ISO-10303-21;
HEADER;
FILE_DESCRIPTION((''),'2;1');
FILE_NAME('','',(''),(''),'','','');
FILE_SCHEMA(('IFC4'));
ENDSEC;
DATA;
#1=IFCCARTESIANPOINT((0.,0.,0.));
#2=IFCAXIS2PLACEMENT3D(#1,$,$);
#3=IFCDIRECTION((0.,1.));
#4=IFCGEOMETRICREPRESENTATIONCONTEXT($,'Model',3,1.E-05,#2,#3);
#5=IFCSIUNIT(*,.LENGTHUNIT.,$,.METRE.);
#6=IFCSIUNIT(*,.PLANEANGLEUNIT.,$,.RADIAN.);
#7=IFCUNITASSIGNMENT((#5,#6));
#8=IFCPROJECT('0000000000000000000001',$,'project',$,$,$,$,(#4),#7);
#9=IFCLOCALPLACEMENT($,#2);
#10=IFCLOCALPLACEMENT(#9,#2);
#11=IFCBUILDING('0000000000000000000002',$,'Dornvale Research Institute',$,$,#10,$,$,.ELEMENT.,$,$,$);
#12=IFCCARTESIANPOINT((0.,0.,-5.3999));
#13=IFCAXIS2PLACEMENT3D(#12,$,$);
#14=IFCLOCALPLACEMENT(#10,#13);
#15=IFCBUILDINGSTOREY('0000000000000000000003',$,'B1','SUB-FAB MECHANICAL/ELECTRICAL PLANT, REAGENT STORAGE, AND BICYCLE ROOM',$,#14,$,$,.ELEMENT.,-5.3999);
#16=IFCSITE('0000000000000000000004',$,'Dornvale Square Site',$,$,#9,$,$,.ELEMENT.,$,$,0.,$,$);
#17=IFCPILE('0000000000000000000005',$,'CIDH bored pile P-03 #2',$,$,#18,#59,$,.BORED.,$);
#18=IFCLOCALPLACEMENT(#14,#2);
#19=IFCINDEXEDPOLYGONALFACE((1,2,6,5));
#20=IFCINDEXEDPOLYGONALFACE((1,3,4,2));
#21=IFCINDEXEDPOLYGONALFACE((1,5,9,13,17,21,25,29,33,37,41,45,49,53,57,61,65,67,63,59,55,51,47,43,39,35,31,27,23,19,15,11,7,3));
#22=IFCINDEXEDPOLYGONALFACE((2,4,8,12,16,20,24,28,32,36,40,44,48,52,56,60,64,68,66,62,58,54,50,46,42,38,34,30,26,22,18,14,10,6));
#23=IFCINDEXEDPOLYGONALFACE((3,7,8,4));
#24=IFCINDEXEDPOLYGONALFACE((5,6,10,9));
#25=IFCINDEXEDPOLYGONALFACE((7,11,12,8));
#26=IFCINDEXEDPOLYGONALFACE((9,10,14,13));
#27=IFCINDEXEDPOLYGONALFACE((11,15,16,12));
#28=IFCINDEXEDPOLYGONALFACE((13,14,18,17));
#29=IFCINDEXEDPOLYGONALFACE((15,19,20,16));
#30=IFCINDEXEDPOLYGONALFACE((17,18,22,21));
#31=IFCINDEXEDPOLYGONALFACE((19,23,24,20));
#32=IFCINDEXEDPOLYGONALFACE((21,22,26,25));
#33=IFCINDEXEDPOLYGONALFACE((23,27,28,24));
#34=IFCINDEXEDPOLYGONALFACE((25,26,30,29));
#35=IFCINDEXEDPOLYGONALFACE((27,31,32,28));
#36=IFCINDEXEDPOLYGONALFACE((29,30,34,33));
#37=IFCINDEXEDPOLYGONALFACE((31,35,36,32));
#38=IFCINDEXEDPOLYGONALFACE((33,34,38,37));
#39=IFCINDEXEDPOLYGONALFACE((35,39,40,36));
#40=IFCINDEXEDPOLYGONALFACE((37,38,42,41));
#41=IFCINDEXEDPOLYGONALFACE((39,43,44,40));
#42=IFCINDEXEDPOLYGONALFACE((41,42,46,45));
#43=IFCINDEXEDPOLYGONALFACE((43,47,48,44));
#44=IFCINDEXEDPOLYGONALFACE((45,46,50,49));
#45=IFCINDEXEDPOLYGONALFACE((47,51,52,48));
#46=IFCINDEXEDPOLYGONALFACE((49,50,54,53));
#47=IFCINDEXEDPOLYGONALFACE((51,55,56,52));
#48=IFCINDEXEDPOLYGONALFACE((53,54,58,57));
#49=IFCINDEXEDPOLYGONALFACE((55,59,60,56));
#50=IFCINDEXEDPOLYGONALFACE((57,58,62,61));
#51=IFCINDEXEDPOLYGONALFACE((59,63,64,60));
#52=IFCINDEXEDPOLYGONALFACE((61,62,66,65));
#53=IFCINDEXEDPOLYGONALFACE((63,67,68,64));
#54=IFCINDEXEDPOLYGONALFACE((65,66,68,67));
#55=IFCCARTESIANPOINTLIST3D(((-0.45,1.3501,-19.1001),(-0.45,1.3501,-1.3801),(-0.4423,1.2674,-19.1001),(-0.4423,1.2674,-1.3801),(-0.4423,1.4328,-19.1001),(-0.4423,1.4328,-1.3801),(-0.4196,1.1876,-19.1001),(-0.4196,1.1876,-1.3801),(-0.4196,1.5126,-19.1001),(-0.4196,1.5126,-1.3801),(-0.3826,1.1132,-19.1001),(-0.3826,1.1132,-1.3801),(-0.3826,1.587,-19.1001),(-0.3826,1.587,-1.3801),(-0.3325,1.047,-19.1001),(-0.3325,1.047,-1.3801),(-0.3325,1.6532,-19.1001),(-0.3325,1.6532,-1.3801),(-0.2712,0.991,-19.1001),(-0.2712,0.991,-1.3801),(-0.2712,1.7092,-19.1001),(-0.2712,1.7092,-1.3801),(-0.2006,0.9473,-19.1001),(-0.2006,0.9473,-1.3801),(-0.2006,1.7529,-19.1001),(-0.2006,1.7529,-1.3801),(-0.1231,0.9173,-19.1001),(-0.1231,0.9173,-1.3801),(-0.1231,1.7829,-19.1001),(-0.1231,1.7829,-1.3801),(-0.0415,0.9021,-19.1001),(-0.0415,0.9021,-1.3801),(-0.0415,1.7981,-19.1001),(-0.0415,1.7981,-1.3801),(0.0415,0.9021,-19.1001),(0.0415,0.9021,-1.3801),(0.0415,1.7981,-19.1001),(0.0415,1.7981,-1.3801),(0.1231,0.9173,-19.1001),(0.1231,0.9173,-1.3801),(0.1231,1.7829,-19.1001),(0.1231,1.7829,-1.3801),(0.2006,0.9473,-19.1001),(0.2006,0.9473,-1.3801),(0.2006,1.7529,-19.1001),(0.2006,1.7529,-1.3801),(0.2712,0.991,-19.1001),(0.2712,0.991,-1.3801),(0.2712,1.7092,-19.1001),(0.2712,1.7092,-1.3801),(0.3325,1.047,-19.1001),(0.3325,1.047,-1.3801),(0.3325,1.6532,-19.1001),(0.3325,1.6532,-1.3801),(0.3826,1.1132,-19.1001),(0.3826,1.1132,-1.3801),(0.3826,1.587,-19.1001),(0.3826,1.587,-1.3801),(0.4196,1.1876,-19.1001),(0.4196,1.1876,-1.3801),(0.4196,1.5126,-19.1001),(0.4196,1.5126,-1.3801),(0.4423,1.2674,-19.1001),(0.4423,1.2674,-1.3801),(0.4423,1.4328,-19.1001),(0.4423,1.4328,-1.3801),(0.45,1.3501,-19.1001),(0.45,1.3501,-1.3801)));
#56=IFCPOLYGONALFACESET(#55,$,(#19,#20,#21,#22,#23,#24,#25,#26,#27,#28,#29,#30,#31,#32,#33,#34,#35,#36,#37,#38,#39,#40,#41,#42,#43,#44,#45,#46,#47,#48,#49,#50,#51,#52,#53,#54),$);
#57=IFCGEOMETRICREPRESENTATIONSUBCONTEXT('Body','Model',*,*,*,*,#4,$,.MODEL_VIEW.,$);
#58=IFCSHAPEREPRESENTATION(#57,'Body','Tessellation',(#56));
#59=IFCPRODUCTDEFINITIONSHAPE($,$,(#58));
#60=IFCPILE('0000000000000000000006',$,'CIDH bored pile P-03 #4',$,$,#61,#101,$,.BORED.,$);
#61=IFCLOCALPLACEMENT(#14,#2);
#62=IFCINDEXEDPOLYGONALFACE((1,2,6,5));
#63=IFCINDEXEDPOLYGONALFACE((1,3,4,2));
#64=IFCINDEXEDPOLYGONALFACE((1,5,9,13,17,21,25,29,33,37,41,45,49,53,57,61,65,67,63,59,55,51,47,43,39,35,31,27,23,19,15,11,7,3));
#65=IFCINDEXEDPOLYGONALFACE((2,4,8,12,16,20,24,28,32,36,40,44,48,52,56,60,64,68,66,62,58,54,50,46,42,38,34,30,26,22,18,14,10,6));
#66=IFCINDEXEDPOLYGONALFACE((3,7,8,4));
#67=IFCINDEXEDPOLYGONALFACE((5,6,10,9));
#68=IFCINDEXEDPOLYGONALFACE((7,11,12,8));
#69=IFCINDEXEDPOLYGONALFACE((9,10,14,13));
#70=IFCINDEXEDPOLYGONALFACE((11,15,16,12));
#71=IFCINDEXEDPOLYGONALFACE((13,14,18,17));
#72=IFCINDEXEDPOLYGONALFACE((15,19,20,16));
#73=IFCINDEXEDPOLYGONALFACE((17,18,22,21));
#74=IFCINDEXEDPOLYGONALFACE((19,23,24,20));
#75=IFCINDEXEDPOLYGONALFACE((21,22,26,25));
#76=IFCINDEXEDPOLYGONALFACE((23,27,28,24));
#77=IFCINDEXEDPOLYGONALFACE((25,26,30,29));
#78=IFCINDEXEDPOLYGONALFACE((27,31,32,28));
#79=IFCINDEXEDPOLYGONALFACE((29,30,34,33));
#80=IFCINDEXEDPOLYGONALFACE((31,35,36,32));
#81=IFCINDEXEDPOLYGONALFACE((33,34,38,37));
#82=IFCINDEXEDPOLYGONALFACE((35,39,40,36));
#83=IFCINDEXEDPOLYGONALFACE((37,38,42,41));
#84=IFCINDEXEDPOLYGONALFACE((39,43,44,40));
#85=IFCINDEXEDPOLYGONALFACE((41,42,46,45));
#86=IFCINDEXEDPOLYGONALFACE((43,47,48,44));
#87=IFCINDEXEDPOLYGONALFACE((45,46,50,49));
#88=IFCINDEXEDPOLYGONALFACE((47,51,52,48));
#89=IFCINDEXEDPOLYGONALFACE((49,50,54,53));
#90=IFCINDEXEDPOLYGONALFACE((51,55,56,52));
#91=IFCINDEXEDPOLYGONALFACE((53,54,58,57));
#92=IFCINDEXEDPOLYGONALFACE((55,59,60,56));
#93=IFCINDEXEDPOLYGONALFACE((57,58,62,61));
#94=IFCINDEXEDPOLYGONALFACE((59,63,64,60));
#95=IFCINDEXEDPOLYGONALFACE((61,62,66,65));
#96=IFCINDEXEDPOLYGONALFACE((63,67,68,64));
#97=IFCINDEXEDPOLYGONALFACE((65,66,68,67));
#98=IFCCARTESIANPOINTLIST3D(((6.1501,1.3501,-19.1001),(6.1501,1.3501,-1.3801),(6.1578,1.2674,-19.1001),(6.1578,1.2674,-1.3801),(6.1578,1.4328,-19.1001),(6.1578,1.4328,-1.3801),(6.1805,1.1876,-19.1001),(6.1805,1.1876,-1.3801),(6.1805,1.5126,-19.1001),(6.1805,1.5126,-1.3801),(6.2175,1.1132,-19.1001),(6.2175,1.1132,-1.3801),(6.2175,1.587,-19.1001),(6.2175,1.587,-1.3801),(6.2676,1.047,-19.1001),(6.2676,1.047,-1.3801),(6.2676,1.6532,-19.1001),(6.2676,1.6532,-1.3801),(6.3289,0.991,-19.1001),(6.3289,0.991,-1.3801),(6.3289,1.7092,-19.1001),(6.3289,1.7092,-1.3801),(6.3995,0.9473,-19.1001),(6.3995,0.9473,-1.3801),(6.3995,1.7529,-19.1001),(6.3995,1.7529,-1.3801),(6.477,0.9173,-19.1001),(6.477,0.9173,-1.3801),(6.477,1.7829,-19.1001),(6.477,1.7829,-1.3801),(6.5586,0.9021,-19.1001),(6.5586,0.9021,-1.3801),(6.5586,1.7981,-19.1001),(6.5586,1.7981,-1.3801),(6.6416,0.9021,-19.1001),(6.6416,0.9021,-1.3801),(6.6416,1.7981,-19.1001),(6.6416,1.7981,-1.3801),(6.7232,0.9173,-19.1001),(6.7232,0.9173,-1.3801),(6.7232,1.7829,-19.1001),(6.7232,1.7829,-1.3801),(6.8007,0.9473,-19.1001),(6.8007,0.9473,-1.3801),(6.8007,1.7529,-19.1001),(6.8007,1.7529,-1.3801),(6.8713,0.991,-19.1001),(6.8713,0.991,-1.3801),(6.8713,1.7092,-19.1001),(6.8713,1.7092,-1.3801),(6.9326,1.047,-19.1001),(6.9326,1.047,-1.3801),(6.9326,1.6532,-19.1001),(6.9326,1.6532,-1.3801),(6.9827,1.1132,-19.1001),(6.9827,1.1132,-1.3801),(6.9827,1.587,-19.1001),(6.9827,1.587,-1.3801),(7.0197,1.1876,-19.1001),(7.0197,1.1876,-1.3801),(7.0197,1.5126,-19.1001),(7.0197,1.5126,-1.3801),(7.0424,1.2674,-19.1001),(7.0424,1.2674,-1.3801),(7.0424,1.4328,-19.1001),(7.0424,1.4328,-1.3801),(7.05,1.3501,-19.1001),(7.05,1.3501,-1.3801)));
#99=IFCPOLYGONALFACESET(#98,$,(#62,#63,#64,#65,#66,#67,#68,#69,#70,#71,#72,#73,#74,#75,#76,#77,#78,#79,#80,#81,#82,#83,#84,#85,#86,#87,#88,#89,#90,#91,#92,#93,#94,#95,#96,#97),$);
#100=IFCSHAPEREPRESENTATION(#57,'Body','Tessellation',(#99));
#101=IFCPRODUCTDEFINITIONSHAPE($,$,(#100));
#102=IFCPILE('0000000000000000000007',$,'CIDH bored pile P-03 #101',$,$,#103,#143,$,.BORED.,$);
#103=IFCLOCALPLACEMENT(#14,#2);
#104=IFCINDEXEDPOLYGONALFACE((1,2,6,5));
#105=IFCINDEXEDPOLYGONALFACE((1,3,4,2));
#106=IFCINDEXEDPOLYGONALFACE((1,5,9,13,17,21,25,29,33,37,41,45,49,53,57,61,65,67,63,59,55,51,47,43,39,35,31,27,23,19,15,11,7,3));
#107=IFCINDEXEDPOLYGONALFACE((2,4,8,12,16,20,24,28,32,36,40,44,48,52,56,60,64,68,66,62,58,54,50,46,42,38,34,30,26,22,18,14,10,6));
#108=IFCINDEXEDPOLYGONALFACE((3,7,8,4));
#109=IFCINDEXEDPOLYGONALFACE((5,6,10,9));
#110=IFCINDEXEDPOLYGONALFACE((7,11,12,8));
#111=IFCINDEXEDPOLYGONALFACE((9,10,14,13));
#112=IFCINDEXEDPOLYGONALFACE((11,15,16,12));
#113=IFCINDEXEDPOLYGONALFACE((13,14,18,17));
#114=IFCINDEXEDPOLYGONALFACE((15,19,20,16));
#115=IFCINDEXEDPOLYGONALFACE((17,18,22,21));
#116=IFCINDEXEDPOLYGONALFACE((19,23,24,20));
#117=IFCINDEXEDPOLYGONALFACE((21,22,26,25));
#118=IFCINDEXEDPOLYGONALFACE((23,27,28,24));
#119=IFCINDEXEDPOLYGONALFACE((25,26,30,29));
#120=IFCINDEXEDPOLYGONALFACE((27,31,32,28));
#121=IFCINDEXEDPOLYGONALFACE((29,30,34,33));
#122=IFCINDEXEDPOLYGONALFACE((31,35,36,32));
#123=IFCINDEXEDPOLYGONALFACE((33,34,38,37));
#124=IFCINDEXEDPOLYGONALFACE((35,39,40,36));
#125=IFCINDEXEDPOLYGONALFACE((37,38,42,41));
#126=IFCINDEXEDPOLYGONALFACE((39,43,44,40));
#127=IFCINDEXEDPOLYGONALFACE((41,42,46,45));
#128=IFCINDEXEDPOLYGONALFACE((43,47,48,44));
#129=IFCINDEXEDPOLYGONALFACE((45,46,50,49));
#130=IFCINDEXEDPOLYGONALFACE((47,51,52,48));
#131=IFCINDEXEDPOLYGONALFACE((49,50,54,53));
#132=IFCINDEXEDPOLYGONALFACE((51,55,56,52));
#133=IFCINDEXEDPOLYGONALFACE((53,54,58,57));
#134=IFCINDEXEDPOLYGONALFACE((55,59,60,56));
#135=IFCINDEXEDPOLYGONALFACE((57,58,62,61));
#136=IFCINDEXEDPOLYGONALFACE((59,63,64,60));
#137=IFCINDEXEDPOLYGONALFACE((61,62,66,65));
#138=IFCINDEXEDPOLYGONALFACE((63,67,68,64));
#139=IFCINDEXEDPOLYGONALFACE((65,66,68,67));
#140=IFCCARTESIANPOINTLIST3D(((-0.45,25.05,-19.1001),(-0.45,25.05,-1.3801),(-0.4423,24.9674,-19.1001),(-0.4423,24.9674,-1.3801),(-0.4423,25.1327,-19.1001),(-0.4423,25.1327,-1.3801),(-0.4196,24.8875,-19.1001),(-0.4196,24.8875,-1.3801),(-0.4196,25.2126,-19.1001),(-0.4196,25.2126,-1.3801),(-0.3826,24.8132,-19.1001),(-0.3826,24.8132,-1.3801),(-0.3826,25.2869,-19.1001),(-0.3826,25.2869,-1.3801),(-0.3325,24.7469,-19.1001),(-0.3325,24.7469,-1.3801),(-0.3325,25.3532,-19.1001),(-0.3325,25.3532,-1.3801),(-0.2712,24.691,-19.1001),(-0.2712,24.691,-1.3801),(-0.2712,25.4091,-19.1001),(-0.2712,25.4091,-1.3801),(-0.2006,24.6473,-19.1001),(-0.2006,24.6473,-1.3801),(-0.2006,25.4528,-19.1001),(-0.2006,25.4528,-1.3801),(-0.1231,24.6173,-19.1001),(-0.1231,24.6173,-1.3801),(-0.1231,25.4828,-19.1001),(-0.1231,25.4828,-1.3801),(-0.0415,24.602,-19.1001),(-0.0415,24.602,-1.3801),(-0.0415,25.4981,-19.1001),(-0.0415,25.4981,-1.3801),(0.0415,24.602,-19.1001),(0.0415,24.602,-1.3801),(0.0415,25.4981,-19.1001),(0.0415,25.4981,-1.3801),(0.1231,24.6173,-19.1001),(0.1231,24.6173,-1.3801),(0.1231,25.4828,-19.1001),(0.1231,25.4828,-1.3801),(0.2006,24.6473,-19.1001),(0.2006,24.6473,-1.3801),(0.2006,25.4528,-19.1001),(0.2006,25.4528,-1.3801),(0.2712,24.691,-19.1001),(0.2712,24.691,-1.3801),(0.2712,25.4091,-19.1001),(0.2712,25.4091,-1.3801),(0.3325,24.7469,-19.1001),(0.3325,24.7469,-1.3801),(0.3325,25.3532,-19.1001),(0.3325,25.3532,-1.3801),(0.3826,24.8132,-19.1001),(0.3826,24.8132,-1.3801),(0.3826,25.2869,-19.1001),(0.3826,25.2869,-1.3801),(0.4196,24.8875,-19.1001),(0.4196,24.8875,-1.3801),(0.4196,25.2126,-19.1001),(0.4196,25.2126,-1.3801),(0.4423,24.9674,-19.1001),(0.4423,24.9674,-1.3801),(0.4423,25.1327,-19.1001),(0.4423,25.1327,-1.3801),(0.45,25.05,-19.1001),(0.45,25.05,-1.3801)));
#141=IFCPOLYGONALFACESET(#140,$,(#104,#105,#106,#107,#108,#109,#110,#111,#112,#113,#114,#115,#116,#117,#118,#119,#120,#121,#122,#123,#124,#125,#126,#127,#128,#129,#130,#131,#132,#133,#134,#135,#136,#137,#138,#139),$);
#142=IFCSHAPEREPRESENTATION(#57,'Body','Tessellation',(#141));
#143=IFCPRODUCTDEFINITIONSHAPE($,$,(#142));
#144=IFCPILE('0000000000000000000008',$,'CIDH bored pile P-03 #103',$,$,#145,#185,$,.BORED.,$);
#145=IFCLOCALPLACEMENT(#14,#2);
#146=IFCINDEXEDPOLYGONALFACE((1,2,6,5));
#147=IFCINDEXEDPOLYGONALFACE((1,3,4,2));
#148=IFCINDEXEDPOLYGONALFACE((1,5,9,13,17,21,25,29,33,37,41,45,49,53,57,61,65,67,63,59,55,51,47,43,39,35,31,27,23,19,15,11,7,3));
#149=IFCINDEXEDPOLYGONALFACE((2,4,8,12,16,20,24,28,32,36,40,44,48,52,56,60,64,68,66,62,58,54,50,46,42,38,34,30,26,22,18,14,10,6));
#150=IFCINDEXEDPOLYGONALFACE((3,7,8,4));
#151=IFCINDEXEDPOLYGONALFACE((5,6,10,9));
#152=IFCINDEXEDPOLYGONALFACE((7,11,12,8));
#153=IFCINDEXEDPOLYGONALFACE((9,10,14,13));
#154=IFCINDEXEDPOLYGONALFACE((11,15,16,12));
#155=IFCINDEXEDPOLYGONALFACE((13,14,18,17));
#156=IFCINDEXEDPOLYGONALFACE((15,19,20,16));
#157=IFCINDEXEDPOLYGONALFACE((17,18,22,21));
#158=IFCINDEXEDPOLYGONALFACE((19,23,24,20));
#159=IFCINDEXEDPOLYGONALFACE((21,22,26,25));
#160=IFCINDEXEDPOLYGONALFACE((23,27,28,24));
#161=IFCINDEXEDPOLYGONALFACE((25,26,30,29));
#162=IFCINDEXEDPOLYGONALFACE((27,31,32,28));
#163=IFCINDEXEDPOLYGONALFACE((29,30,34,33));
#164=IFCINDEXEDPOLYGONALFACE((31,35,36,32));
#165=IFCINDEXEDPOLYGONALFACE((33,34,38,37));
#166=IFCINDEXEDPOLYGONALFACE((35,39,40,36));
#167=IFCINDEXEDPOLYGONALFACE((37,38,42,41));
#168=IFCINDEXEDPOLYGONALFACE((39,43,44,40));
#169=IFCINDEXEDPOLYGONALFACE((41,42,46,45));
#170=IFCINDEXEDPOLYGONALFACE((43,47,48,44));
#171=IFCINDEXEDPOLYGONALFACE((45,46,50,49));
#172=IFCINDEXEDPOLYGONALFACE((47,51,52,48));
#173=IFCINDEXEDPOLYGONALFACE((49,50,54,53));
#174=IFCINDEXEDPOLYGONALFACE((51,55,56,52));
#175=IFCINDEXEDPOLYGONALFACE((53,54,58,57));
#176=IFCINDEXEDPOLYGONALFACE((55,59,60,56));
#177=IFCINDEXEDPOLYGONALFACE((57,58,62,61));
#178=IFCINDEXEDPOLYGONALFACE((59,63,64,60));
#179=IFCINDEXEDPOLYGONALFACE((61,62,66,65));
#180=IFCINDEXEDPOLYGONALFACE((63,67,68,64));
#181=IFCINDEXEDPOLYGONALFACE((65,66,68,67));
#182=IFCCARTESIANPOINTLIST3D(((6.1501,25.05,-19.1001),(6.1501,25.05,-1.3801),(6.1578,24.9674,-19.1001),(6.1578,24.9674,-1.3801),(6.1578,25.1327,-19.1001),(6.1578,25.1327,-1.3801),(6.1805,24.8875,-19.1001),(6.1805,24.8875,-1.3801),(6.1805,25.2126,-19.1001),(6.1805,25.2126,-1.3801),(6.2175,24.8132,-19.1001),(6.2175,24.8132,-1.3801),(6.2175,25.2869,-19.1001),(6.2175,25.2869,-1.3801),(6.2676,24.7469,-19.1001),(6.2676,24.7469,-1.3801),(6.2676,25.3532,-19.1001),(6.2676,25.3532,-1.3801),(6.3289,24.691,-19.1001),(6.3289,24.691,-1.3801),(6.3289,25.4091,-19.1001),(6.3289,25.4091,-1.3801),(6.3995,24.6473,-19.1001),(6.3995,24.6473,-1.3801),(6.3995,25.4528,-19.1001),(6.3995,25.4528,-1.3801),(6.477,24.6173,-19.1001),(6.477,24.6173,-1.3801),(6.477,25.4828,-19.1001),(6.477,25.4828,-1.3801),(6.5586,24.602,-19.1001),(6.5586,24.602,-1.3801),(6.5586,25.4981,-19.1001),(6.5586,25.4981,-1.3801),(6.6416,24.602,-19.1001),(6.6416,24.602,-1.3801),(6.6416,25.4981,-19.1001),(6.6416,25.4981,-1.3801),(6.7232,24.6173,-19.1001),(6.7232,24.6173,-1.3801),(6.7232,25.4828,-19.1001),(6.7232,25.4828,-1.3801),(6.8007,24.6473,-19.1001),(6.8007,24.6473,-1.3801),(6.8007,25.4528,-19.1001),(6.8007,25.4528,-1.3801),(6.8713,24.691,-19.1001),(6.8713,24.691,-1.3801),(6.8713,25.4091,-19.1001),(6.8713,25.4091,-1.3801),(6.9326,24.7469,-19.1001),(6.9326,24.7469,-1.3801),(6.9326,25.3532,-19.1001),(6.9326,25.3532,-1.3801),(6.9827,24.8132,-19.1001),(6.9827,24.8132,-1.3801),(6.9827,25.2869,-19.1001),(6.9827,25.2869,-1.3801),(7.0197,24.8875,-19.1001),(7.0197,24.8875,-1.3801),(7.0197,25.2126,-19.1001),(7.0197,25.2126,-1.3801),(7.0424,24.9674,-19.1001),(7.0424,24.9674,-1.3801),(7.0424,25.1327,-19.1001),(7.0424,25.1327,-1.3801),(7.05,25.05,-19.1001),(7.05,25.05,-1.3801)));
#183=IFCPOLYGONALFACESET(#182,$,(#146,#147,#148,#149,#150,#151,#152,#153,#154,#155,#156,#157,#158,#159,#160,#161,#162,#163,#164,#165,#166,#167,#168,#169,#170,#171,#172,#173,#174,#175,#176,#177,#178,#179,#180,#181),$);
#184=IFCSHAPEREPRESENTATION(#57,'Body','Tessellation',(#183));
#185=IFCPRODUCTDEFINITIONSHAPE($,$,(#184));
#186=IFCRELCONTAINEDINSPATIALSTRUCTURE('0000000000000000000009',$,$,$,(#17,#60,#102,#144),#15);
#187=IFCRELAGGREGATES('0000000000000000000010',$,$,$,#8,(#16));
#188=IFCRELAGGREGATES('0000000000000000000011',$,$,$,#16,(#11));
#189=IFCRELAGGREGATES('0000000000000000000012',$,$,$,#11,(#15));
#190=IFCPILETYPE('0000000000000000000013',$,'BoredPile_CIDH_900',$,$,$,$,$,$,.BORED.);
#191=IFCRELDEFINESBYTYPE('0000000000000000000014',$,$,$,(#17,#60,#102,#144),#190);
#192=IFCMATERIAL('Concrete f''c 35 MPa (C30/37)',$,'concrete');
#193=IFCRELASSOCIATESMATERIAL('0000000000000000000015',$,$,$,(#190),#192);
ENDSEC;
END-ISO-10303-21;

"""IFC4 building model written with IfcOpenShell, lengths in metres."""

from ifc_helpers import new_model, si_unit, direction, frame, origin, origin_2d, place, context, subcontext, project, spatial, circle, extrude, material, material_profile, profile_set, type_object, element, save


model = new_model("IFC4")

# Units and contexts
model_context = context("Model", 3, precision=1e-05, world=origin(), true_north=direction((0.0, 1.0)))
body_context = subcontext(model_context, "Body", "Model", "MODEL_VIEW")
ifc_project = project(units=[si_unit("LENGTHUNIT", "METRE"), si_unit("PLANEANGLEUNIT", "RADIAN")], contexts=[model_context])

# Site, building, storey
site_placement = place(None, origin())
site = spatial("IfcSite", under=ifc_project, at=site_placement, Name="Dornvale Square Site", CompositionType="ELEMENT", RefElevation=0.0)
building_placement = place(site_placement, origin())
building = spatial("IfcBuilding", under=site, at=building_placement, Name="Dornvale Research Institute", CompositionType="ELEMENT")
storey_placement = place(building_placement, frame((0.0, 0.0, -5.3999)))
storey = spatial("IfcBuildingStorey", under=building, at=storey_placement, Name="B1", Description="SUB-FAB MECHANICAL/ELECTRICAL PLANT, REAGENT STORAGE, AND BICYCLE ROOM", CompositionType="ELEMENT", Elevation=-5.3999)

# Piles
ifc_material_1 = material(Name="Concrete f'c 35 MPa (C30/37)", Category="concrete")
ifc_material_profile_1 = material_profile(ifc_material_1, circle(Radius=0.45, at=origin_2d()), Name="CIDH PILE D900")
ifc_profile_set_1 = profile_set([ifc_material_profile_1], Name="Concrete f'c 35 MPa (C30/37)")
pile_type = type_object("IfcPileType", Name="BoredPile_CIDH_900", PredefinedType="BORED", material=ifc_profile_set_1)
for number, where, z_axis, x_axis, name in (
    (1, (0.0, 1.3501, -1.3801), (0.0, 0.0, -1.0), (1.0, 0.0, 0.0), "CIDH bored pile P-03 #2"),
    (2, (6.6001, 1.3501, -1.3801), (0.0, 0.0, -1.0), (1.0, 0.0, 0.0), "CIDH bored pile P-03 #4"),
    (3, (0.0, 25.05, -1.3801), (0.0, 0.0, -1.0), (1.0, 0.0, 0.0), "CIDH bored pile P-03 #101"),
    (4, (6.6001, 25.05, -1.3801), (0.0, 0.0, -1.0), (1.0, 0.0, 0.0), "CIDH bored pile P-03 #103"),
):
    element("IfcPile", number, at=place(storey_placement, frame(where, z_axis=z_axis, x_axis=x_axis)), inside=storey, type_object=pile_type, Name=name, PredefinedType="BORED", context=body_context, shape_type="SweptSolid", body=[
        extrude(circle(Radius=0.45, at=origin_2d()), origin(), (0.0, 0.0, 1.0), 17.72),
    ])

save(model, "model.ifc")
